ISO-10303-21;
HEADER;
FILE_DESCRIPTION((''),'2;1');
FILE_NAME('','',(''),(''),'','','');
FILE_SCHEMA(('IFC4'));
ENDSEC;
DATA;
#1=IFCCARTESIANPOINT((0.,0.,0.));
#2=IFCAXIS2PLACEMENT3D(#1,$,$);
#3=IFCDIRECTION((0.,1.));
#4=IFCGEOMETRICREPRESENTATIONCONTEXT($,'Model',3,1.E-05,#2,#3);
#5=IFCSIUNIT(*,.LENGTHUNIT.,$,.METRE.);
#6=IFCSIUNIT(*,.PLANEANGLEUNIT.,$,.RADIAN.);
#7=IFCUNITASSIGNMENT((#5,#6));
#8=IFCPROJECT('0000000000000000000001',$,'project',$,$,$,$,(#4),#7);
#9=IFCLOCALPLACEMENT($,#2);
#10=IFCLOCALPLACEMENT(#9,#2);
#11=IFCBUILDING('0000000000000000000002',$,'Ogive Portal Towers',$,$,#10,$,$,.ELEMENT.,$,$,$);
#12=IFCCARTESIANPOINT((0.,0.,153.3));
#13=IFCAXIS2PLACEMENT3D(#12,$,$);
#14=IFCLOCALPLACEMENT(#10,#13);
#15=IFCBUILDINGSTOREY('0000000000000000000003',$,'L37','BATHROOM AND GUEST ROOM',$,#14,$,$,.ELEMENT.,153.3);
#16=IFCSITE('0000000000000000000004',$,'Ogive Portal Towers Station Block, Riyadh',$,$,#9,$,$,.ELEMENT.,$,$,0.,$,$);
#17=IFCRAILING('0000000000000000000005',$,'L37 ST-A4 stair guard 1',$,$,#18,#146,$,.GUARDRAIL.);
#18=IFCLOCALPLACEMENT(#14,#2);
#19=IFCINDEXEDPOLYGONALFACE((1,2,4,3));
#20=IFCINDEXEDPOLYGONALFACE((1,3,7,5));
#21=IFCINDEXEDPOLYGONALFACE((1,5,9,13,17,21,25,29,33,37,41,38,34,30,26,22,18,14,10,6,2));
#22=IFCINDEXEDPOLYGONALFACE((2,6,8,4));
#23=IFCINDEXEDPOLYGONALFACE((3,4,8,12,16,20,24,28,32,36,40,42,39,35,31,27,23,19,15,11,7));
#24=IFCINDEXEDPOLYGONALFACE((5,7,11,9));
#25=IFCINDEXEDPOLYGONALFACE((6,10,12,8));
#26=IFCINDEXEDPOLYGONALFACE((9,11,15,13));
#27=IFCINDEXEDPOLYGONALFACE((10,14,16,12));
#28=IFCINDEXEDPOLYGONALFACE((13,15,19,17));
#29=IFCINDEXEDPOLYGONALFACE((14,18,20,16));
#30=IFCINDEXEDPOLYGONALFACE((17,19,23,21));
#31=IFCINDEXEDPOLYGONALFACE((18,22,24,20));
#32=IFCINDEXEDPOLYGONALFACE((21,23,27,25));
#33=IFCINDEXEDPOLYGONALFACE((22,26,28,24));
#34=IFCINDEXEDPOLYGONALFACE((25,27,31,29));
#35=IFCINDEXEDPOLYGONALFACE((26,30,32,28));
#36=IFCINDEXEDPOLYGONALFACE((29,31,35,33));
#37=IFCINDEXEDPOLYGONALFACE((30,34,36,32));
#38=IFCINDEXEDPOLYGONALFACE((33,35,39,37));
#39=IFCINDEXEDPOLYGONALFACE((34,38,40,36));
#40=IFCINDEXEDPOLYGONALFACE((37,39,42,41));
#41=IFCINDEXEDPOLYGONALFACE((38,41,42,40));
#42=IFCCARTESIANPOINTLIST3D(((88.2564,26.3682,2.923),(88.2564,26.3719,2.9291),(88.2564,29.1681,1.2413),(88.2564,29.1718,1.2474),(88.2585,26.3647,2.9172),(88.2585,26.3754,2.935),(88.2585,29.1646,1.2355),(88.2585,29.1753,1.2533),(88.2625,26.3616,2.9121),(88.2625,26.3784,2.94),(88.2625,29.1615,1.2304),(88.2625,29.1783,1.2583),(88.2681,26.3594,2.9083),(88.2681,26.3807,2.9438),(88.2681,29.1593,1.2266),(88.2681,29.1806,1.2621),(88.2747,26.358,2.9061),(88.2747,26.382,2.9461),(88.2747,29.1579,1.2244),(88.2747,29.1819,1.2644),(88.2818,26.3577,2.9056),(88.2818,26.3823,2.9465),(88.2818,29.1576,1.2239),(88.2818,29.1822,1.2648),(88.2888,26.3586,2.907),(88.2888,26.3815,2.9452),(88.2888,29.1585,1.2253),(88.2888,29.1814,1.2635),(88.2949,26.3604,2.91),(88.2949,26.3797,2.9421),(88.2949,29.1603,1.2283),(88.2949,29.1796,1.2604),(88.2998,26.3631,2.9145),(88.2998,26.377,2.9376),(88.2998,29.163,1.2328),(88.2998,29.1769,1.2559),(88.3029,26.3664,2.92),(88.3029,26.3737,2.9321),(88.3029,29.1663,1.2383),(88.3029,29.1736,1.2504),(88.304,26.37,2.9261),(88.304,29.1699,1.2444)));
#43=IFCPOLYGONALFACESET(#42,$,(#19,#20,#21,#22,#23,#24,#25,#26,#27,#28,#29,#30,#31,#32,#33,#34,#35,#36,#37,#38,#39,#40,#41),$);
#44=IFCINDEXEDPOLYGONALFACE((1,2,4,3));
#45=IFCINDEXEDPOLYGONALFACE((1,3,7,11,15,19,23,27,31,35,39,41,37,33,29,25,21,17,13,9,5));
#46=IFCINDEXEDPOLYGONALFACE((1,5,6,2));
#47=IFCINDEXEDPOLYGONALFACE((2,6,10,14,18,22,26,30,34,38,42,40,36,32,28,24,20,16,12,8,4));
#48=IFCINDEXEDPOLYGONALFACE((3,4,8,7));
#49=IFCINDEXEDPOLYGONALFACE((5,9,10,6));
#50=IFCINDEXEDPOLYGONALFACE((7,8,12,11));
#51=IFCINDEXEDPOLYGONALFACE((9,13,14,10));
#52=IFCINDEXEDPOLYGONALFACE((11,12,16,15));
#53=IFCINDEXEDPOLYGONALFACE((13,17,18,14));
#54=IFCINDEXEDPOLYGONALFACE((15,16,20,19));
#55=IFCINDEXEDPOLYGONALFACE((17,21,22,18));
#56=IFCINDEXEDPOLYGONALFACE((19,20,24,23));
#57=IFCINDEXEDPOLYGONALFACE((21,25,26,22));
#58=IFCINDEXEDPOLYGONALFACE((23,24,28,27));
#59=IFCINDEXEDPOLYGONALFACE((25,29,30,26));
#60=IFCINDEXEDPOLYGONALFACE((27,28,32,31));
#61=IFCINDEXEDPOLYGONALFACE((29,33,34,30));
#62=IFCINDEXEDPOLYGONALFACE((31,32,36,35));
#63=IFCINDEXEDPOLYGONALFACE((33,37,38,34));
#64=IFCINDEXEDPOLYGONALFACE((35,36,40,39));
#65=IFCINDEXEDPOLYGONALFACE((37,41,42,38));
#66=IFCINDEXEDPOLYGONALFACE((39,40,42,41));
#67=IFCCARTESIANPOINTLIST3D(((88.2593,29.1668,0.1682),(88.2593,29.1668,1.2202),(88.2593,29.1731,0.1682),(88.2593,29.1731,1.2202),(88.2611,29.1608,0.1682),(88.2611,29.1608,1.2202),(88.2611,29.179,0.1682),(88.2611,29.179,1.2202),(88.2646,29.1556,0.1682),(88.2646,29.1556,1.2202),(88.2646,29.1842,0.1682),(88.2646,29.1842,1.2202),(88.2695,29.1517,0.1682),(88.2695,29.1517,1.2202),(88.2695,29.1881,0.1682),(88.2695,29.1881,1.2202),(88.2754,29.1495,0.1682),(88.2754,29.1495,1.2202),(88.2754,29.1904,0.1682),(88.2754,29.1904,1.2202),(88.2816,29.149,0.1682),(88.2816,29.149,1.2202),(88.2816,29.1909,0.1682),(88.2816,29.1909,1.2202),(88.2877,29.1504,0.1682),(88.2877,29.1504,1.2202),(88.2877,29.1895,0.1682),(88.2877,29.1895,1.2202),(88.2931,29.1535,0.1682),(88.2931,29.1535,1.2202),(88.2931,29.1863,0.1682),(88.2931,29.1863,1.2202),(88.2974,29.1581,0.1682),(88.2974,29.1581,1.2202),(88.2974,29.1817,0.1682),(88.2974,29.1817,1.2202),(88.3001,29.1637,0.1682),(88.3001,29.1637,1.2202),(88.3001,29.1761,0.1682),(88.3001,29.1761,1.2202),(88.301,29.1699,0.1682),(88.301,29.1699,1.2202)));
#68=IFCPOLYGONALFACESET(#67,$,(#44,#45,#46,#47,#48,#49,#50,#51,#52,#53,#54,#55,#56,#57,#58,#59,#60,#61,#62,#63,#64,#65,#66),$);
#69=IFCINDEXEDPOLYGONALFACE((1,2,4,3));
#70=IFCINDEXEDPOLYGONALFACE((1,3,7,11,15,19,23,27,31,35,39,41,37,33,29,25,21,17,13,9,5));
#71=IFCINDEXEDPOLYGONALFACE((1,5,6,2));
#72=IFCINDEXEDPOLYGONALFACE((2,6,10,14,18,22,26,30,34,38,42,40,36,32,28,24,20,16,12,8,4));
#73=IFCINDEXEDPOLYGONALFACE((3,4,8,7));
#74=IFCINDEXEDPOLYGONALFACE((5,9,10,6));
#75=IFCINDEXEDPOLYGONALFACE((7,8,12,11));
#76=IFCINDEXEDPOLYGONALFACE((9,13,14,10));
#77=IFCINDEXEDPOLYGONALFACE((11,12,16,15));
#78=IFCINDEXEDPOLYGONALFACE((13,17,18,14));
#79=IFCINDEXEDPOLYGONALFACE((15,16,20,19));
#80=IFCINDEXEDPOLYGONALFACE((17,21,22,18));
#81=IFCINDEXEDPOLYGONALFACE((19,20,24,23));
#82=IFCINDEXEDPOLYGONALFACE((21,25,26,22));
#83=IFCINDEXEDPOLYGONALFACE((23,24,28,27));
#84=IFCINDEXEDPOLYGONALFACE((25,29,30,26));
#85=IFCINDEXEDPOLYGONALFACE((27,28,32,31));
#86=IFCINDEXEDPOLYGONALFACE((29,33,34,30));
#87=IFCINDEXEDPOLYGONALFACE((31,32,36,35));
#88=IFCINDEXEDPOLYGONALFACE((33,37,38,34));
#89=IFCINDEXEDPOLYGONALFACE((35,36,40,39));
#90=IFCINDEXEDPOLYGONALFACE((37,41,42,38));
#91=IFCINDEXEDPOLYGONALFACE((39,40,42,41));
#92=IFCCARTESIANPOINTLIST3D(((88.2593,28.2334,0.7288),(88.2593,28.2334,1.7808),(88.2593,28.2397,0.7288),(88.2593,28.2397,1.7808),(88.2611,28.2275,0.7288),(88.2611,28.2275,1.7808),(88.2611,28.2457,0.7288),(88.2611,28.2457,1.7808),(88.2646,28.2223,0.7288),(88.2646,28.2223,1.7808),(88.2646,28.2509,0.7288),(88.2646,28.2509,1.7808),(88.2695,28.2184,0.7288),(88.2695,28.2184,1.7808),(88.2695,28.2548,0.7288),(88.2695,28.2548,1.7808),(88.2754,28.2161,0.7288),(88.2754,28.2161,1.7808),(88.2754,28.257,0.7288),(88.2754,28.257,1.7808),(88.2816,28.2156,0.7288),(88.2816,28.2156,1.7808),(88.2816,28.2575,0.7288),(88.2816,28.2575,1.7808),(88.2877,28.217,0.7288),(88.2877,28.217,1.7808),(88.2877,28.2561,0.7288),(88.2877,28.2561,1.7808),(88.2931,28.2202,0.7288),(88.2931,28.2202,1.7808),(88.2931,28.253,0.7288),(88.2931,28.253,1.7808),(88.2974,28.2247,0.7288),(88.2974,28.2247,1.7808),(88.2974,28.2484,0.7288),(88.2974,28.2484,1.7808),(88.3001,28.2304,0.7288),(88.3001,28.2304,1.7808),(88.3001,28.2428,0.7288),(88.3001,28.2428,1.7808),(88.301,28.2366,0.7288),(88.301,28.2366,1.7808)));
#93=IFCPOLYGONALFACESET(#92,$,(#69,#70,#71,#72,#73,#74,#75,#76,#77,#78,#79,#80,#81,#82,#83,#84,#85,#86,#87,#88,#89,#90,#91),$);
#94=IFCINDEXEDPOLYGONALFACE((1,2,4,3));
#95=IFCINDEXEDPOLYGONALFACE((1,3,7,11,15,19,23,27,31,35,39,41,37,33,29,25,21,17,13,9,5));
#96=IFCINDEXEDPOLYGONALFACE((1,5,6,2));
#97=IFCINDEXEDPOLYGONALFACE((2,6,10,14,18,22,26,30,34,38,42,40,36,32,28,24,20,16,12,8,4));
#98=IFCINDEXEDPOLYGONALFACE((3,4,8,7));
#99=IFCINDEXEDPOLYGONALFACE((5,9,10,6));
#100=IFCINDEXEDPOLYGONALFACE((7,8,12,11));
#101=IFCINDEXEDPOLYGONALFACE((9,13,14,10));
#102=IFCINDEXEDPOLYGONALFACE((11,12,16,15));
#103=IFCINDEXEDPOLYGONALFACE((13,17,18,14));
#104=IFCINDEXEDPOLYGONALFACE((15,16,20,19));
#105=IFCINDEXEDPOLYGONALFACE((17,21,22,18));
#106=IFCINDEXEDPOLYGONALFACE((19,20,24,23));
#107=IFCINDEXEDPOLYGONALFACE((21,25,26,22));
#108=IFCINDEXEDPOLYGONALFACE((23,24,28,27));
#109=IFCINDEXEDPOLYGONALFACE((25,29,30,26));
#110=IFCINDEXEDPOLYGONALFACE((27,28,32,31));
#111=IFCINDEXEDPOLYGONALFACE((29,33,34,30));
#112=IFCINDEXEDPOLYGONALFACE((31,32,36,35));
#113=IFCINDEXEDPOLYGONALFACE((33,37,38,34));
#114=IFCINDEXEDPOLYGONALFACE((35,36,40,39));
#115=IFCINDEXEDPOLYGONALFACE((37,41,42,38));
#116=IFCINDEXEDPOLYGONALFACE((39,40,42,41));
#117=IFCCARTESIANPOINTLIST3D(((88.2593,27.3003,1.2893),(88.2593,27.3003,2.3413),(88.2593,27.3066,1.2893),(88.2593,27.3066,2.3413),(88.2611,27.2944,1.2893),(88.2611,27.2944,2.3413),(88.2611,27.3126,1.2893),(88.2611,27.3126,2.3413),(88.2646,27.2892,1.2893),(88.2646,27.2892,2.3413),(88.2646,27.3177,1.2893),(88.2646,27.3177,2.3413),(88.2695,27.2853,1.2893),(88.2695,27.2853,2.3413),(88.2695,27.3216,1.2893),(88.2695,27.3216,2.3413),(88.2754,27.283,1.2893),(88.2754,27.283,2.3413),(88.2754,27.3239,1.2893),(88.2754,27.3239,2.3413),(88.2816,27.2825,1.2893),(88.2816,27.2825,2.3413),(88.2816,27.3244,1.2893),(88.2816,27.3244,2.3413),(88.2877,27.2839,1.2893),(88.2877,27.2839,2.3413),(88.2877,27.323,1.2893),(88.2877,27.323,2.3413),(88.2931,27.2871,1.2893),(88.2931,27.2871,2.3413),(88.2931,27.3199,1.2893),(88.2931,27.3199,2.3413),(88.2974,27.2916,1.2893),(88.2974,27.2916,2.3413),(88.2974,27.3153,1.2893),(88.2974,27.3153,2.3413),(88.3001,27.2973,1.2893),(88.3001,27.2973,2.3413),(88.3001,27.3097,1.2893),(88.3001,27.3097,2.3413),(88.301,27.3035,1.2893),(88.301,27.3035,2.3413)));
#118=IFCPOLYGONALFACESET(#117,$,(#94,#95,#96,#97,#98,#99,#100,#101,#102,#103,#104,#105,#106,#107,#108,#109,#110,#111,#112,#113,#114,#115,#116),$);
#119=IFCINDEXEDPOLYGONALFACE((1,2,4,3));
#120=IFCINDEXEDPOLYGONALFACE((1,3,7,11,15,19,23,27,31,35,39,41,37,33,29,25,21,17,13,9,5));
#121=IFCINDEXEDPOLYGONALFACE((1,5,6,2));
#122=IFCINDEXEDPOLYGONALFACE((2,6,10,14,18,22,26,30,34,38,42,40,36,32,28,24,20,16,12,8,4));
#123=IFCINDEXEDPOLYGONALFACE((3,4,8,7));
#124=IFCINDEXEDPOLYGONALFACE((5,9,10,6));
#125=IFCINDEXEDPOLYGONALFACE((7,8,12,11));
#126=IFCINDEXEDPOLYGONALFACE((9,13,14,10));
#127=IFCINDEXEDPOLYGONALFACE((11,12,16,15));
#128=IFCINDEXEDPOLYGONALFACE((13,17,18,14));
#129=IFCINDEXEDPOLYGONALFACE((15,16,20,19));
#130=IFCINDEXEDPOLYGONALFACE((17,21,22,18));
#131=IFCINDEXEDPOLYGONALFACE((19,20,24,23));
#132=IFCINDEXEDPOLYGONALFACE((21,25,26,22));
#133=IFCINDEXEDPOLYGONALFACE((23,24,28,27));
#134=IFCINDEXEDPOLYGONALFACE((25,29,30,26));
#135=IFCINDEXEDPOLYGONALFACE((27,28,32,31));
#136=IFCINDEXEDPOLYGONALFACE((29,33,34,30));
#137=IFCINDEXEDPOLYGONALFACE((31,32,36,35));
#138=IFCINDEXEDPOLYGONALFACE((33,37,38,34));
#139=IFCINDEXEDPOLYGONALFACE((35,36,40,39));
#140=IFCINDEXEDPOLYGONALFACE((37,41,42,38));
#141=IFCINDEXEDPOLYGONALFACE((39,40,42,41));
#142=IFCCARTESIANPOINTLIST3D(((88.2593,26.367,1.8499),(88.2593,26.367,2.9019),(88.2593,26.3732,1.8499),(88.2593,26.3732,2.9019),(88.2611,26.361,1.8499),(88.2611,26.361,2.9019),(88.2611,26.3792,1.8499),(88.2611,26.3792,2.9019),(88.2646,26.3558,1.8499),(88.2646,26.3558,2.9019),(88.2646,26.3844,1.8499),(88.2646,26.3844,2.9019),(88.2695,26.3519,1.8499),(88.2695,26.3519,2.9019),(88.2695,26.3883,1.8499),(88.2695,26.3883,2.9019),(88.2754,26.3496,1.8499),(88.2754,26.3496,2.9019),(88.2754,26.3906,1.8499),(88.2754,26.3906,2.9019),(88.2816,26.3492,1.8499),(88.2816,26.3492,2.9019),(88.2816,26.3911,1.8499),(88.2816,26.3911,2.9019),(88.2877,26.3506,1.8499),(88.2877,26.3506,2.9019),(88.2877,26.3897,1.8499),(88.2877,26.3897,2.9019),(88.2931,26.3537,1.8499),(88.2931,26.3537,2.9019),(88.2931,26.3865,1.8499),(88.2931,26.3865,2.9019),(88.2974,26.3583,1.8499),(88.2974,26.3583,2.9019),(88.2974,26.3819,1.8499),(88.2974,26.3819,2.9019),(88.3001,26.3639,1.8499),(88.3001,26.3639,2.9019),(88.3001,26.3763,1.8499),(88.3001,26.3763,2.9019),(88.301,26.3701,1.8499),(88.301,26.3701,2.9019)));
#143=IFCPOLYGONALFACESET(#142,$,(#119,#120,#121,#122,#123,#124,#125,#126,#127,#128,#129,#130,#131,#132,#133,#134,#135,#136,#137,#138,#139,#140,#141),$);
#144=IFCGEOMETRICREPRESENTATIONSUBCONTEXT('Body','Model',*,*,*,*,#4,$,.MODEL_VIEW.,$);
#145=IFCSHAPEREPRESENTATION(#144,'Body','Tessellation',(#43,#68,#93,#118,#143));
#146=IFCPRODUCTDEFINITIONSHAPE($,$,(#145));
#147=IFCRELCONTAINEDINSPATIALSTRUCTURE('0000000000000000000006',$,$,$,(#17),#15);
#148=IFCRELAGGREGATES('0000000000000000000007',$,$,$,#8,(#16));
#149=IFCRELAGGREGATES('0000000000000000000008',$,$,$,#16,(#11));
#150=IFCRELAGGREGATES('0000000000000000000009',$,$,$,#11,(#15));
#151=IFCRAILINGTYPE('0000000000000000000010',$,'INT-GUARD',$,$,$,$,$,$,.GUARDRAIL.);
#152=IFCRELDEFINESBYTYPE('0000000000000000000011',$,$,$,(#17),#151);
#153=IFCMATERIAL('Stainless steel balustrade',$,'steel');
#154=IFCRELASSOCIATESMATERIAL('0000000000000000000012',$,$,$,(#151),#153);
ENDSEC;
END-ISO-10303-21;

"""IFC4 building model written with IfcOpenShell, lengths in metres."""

from ifc_helpers import new_model, si_unit, direction, frame, origin, origin_2d, place, context, subcontext, project, spatial, circle, extrude, material, type_object, element, save


model = new_model("IFC4")

# Units and contexts
model_context = context("Model", 3, precision=1e-05, world=origin(), true_north=direction((0.0, 1.0)))
body_context = subcontext(model_context, "Body", "Model", "MODEL_VIEW")
ifc_project = project(units=[si_unit("LENGTHUNIT", "METRE"), si_unit("PLANEANGLEUNIT", "RADIAN")], contexts=[model_context])

# Site, building, storey
site_placement = place(None, origin())
site = spatial("IfcSite", under=ifc_project, at=site_placement, Name="Ogive Portal Towers Station Block, Riyadh", CompositionType="ELEMENT", RefElevation=0.0)
building_placement = place(site_placement, origin())
building = spatial("IfcBuilding", under=site, at=building_placement, Name="Ogive Portal Towers", CompositionType="ELEMENT")
storey_placement = place(building_placement, frame((0.0, 0.0, 153.3)))
storey = spatial("IfcBuildingStorey", under=building, at=storey_placement, Name="L37", Description="BATHROOM AND GUEST ROOM", CompositionType="ELEMENT", Elevation=153.3)

# Railing
ifc_material_1 = material(Name="Stainless steel balustrade", Category="steel")
railing_type_1 = type_object("IfcRailingType", Name="INT-GUARD", PredefinedType="GUARDRAIL", material=ifc_material_1)
railing_1_placement = place(storey_placement, frame((88.28, 29.1699, 0.1682)))
element("IfcRailing", 1, at=railing_1_placement, inside=storey, type_object=railing_type_1, Name="L37 ST-A4 stair guard 1", PredefinedType="GUARDRAIL", context=body_context, shape_type="SweptSolid", body=[
    extrude(circle(Radius=0.0239, at=origin_2d()), frame((0.0, 0.0, 1.0762), z_axis=(0.0, -0.857255, 0.514891), x_axis=(1.0, 0.0, 0.0)), (0.0, 0.0, 1.0), 3.2661),
    extrude(circle(Radius=0.021, at=origin_2d()), origin(), (0.0, 0.0, 1.0), 1.052),
    extrude(circle(Radius=0.021, at=origin_2d()), frame((0.0, -0.9333, 0.5605)), (0.0, 0.0, 1.0), 1.052),
    extrude(circle(Radius=0.021, at=origin_2d()), frame((0.0, -1.8665, 1.1211)), (0.0, 0.0, 1.0), 1.052),
    extrude(circle(Radius=0.021, at=origin_2d()), frame((0.0, -2.7998, 1.6816)), (0.0, 0.0, 1.0), 1.052),
])

save(model, "model.ifc")
